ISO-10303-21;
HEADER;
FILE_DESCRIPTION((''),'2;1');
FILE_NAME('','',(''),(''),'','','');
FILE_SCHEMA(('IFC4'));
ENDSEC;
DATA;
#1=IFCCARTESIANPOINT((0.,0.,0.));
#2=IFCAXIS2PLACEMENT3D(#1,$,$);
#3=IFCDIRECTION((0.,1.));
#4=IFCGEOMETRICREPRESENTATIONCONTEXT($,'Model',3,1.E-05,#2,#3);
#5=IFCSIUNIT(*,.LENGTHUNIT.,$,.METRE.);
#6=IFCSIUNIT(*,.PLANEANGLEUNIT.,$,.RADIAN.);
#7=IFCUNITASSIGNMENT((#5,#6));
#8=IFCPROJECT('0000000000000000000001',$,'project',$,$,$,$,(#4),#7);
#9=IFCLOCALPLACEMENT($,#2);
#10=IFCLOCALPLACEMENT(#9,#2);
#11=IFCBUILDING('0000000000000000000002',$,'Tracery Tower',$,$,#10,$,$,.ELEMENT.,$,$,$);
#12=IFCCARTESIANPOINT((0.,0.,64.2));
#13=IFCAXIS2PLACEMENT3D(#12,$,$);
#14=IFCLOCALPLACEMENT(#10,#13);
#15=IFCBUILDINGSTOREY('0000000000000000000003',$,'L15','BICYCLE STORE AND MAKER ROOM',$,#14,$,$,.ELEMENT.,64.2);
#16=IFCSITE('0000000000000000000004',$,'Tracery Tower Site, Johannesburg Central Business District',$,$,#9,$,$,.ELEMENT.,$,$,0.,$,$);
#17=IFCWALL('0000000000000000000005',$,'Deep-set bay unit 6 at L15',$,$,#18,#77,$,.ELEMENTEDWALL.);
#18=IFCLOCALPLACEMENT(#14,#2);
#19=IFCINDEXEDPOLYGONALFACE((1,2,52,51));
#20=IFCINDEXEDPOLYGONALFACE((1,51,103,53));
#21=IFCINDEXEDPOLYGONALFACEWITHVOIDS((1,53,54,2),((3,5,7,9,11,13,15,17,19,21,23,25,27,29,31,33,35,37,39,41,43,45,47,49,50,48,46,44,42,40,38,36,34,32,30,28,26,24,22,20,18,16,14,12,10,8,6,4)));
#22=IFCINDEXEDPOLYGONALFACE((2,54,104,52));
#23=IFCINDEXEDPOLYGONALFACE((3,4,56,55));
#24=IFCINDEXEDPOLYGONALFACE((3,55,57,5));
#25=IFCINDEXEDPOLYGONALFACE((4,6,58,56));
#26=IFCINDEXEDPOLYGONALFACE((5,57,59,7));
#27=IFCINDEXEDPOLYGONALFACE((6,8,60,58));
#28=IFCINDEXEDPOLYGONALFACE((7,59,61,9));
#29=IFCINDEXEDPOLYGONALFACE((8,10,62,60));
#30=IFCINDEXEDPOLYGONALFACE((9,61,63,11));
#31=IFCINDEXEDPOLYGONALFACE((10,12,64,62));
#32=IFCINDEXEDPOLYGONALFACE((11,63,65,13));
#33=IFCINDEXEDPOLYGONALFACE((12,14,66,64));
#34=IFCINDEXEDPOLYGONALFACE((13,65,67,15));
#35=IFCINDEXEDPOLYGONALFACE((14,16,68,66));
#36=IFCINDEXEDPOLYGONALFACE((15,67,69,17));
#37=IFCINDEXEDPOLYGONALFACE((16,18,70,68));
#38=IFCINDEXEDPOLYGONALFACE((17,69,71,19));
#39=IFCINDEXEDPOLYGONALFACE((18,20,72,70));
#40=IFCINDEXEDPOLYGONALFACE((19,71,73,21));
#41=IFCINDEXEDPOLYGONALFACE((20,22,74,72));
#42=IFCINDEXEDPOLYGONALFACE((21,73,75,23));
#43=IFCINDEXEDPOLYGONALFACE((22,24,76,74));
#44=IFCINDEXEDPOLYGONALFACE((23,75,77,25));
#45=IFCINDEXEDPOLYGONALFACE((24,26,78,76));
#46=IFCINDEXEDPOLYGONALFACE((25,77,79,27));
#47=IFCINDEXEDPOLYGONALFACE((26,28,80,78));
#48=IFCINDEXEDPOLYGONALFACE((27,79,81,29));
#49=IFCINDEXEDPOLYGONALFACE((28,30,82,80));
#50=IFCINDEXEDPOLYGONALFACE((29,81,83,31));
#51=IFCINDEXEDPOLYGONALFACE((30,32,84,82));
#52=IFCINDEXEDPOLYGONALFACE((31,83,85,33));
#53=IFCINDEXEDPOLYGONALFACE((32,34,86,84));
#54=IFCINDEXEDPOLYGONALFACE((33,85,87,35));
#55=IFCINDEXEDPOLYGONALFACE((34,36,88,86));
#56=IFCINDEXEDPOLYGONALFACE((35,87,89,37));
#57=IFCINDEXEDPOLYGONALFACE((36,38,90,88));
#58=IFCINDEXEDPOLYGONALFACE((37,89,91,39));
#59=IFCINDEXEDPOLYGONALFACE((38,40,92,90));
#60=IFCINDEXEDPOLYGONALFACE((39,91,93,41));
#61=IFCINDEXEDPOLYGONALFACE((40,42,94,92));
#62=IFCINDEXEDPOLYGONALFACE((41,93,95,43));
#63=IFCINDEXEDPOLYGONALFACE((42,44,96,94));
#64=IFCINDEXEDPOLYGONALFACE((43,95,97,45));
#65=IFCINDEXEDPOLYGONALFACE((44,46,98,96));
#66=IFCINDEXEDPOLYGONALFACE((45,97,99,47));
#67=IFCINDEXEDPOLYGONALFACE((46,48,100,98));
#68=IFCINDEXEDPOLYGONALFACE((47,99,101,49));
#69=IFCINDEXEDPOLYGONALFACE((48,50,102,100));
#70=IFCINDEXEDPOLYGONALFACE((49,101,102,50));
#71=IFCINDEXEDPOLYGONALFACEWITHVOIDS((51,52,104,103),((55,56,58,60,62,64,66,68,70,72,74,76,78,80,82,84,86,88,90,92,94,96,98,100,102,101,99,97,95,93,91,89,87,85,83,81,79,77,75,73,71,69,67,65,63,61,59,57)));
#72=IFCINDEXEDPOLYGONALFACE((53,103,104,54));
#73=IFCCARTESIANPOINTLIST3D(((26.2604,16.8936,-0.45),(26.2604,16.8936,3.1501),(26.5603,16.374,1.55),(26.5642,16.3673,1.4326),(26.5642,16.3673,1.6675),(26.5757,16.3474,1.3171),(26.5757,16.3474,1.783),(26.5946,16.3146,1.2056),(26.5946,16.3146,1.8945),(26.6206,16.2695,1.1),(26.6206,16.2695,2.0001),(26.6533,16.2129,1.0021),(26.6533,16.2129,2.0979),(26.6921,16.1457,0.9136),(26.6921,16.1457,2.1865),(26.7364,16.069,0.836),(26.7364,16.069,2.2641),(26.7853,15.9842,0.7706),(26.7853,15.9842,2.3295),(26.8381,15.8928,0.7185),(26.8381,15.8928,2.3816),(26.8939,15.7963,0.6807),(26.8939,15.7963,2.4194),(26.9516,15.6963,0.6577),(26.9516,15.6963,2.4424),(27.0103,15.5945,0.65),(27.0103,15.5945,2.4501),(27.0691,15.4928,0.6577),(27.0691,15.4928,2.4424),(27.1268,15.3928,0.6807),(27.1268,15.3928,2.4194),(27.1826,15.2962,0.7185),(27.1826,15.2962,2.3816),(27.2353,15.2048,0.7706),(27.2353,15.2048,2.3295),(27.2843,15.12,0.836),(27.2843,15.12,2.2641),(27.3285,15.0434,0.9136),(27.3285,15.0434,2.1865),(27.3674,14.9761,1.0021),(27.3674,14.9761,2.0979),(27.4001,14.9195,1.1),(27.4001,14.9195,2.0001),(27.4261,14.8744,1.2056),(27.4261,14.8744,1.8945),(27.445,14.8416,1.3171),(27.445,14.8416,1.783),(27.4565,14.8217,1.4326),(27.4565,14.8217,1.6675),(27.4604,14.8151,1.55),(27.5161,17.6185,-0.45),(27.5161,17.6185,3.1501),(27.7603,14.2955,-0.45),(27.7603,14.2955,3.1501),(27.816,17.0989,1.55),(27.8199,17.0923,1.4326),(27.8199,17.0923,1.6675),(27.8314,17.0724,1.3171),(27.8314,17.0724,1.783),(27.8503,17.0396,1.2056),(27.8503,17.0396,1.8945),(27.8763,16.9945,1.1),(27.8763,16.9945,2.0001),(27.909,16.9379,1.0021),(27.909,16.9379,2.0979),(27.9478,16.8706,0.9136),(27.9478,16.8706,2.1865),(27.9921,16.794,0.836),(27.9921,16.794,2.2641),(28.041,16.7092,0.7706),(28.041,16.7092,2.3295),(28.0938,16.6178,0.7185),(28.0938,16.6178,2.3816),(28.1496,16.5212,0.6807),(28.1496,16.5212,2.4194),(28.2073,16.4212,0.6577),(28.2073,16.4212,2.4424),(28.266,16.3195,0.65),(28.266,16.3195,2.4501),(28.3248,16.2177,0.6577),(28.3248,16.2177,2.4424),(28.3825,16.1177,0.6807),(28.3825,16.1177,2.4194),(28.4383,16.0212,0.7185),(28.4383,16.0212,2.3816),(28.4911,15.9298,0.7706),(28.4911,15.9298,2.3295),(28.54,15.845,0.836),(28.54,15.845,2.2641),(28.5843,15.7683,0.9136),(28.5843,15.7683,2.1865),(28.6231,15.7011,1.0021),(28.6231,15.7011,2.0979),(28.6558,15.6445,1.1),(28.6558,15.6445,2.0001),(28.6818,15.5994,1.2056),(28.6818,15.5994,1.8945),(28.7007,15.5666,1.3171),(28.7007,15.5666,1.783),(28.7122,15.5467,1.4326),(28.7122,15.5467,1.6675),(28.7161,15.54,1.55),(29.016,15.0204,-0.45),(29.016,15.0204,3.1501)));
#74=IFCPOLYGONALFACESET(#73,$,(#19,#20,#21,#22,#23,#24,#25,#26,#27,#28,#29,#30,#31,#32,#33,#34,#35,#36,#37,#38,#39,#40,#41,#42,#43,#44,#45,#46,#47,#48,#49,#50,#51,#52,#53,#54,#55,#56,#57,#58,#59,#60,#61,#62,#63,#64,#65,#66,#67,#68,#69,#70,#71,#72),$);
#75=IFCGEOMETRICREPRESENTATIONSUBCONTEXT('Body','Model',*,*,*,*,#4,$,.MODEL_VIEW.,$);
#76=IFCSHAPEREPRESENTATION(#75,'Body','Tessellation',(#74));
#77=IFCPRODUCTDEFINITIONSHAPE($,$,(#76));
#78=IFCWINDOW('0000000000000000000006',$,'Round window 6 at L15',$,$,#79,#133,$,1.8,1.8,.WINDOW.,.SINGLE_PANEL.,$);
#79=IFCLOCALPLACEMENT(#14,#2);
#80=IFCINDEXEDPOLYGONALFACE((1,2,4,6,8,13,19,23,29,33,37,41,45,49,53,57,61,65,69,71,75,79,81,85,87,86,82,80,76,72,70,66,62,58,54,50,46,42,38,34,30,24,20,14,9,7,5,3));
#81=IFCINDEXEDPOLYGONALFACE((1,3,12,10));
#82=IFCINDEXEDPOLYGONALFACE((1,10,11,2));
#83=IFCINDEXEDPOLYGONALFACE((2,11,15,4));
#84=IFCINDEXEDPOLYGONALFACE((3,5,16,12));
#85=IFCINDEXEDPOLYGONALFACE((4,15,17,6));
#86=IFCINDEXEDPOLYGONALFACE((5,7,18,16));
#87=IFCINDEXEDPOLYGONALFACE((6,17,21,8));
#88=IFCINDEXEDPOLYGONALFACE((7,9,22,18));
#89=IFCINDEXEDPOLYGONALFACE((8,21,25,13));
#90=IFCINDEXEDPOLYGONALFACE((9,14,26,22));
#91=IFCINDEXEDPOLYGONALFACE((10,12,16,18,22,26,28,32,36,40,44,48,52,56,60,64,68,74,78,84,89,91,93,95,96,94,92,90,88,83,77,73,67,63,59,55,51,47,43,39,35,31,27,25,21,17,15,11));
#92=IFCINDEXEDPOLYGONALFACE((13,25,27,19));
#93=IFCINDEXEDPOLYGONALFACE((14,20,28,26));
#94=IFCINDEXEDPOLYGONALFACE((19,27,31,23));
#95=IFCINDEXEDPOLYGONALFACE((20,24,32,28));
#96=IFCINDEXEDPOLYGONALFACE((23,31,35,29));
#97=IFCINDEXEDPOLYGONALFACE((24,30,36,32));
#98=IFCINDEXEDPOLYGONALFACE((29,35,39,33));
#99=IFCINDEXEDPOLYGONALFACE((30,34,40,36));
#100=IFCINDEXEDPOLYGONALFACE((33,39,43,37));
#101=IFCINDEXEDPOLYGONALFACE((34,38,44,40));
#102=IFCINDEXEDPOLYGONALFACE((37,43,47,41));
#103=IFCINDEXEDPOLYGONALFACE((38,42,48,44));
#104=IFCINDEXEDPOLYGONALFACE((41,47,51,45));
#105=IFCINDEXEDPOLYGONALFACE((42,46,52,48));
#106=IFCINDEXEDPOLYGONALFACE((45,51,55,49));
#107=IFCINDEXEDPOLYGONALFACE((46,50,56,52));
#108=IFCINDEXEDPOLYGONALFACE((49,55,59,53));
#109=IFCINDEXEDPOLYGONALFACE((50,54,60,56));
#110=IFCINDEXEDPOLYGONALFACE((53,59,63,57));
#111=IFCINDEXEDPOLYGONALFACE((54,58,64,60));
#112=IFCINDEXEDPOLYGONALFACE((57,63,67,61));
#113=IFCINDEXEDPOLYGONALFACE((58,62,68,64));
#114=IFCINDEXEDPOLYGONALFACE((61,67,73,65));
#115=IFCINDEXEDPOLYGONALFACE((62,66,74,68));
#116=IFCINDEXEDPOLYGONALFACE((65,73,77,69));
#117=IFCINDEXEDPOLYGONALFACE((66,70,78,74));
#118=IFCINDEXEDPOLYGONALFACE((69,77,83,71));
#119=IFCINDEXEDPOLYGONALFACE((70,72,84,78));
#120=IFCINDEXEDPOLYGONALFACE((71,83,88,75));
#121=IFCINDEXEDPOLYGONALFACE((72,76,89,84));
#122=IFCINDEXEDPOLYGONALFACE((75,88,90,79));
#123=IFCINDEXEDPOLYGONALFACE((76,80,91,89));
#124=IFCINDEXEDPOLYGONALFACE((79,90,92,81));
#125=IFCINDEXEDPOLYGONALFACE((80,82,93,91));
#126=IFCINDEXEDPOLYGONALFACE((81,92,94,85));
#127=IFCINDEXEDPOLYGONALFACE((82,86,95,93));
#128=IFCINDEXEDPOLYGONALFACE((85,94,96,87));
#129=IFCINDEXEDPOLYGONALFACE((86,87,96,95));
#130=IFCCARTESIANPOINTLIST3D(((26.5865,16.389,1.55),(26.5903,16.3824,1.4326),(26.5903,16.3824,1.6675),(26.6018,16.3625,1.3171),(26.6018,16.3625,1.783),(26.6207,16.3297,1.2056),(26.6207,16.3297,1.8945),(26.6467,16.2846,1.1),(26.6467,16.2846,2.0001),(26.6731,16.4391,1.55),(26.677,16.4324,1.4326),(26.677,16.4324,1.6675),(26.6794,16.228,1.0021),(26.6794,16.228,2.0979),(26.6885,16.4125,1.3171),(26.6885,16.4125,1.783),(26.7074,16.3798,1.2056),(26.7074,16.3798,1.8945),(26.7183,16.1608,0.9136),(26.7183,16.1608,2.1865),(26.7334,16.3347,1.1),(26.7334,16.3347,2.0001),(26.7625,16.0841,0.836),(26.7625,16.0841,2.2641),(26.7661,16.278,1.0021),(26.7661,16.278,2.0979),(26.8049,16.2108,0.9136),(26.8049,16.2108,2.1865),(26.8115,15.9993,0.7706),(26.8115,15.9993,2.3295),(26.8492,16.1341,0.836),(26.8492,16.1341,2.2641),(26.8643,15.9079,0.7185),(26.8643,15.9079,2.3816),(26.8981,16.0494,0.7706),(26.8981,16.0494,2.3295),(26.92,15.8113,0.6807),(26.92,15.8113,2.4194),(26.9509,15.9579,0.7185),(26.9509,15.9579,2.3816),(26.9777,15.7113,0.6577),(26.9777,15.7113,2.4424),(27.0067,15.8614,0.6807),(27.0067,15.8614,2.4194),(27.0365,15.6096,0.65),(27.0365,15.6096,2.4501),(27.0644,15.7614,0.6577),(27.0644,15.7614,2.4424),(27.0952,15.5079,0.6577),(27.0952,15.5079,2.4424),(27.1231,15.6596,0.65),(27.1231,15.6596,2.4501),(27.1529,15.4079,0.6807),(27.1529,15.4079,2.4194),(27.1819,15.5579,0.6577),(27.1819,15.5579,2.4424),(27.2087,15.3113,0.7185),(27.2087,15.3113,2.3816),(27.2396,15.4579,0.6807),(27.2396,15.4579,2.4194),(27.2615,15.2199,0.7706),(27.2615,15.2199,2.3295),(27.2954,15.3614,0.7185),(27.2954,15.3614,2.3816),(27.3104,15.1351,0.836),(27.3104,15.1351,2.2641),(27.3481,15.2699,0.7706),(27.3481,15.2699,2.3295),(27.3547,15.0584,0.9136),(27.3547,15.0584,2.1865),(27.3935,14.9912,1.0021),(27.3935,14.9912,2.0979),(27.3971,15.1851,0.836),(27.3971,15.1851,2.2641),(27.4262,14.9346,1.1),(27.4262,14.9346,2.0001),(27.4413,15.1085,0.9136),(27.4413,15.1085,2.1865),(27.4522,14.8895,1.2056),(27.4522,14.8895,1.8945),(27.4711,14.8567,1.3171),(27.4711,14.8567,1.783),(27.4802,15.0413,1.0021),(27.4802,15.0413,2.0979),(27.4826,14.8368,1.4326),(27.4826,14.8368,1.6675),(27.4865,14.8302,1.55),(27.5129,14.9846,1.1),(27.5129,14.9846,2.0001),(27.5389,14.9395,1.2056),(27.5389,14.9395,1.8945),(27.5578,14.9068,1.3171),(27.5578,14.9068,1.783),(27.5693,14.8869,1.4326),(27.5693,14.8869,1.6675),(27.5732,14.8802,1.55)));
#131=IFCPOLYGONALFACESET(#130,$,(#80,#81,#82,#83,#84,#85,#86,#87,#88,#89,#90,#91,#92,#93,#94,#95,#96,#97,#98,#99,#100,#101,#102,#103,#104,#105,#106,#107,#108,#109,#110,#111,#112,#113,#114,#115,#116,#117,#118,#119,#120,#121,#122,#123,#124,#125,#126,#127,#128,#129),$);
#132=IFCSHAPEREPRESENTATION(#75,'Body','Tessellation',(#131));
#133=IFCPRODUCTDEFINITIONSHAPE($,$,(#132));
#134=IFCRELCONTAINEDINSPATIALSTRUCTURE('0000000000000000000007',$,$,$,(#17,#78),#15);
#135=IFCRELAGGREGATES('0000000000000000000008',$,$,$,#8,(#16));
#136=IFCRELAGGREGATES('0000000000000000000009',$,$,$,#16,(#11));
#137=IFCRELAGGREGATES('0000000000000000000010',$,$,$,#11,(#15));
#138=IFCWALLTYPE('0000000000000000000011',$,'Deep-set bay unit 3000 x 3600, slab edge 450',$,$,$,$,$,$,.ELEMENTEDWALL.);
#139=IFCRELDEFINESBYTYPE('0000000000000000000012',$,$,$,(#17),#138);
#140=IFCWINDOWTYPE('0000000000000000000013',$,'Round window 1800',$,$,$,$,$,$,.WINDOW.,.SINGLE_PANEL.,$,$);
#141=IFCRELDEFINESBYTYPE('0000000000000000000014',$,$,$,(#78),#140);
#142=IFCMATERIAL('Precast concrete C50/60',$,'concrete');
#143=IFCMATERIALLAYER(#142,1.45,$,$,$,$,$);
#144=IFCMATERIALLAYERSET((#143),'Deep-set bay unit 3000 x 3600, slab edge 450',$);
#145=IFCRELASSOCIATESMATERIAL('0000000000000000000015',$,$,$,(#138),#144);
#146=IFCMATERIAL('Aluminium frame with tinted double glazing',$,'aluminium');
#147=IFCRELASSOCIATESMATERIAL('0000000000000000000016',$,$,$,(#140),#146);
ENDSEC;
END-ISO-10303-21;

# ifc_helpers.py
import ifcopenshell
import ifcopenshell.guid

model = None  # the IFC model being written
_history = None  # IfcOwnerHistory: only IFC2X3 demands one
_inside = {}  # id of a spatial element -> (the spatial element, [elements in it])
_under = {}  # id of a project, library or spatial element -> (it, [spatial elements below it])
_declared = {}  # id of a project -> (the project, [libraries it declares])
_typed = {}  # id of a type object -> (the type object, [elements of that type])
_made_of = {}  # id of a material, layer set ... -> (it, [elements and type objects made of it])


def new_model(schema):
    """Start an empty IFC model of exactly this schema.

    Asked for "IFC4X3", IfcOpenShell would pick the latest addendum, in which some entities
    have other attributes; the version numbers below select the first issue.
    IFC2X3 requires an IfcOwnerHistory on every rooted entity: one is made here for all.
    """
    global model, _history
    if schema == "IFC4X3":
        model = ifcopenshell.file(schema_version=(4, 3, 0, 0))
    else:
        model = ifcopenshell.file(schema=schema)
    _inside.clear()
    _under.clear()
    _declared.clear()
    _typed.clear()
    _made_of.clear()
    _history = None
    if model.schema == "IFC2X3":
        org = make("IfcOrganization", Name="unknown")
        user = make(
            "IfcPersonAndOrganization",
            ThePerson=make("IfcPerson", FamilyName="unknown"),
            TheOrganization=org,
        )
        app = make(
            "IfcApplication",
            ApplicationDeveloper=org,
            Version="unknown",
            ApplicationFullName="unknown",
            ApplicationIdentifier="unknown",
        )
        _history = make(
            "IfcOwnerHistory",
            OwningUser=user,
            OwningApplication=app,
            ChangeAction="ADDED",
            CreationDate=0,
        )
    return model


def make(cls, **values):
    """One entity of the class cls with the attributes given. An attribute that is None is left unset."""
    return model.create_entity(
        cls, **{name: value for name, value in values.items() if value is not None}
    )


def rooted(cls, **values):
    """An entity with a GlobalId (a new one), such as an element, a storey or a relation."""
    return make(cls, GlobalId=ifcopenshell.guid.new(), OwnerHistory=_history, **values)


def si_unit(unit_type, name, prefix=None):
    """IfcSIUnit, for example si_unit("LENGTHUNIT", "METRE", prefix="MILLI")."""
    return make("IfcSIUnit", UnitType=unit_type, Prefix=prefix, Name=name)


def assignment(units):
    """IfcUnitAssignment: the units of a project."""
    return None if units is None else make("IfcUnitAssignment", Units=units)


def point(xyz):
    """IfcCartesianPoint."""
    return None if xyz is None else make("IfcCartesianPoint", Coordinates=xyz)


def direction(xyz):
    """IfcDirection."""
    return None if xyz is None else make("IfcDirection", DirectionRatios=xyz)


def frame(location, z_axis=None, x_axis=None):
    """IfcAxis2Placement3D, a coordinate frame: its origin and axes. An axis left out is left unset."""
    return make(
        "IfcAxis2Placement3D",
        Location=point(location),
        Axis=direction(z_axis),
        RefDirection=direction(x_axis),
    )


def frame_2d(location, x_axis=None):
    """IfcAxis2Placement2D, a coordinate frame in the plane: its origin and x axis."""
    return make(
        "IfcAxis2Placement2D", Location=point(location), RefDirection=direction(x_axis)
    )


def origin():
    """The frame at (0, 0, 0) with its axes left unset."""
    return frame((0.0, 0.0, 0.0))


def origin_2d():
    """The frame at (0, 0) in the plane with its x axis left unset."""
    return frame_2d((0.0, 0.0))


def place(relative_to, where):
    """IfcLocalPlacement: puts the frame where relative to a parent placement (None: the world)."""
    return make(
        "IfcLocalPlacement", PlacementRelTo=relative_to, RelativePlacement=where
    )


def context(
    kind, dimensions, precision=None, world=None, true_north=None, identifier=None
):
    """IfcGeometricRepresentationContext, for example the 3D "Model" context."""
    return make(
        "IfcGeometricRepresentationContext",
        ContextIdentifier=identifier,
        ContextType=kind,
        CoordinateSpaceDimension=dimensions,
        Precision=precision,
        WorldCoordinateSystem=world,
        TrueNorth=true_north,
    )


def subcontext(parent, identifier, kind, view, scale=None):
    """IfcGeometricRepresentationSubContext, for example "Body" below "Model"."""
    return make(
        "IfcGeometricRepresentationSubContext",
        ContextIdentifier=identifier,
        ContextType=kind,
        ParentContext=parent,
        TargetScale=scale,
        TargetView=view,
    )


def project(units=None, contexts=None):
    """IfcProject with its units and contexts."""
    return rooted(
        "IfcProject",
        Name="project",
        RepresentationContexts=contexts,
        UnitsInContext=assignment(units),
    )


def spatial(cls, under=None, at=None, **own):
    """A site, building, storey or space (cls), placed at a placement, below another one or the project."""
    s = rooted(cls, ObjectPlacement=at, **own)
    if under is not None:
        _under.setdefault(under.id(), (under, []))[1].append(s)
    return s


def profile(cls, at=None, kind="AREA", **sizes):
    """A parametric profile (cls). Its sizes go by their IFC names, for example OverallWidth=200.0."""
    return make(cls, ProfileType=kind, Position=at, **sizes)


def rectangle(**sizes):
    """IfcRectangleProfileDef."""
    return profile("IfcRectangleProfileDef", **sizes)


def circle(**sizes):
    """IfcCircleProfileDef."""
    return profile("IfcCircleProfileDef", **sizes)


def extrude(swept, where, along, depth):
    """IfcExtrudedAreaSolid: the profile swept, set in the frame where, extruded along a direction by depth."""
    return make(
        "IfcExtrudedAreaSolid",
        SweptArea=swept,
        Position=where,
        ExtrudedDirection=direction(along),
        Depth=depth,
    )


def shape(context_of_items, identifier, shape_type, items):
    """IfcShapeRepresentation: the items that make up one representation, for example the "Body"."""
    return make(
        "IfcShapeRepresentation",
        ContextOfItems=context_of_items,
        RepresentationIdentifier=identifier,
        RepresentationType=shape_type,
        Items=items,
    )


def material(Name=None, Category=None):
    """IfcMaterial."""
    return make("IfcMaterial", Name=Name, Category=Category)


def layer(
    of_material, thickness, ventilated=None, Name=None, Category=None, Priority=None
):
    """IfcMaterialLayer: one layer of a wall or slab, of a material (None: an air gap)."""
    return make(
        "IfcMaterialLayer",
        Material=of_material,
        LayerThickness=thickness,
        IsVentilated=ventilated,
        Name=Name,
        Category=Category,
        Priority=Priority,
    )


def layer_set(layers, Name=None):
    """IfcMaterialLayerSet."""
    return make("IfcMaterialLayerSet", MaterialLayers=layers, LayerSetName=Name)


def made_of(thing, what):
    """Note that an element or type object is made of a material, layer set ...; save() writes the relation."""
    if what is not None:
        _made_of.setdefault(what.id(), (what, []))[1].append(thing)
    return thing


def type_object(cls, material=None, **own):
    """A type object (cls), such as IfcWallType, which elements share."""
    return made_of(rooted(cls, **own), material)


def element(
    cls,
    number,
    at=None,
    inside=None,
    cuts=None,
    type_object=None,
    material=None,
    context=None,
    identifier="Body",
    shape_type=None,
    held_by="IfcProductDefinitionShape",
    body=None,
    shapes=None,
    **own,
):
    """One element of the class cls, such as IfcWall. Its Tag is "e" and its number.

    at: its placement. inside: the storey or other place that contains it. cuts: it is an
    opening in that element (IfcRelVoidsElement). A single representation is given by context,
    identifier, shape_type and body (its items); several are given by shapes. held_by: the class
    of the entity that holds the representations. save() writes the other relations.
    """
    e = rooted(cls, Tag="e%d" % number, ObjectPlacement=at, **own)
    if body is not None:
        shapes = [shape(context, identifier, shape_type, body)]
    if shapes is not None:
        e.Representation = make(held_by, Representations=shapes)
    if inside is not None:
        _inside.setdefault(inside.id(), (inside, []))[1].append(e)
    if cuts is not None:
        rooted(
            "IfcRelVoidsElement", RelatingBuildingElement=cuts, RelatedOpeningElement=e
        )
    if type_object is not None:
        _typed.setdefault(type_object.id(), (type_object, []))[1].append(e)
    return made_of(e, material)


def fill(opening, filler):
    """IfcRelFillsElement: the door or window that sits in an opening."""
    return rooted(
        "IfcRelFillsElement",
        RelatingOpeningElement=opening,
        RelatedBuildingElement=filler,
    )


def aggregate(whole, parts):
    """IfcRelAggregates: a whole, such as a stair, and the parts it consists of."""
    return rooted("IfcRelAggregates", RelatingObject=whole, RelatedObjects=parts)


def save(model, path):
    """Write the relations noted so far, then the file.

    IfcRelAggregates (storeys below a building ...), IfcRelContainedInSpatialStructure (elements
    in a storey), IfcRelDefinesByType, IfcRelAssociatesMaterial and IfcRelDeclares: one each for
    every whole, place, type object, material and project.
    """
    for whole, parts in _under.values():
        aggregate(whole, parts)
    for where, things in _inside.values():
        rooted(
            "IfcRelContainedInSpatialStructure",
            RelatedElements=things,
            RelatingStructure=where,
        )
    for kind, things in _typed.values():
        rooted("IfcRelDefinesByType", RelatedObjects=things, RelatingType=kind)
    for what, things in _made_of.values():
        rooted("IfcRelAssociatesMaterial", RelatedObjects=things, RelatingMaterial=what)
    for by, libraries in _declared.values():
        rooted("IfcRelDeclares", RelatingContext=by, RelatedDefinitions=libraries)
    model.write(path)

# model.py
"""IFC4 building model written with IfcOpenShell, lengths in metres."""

from ifc_helpers import new_model, si_unit, direction, frame, frame_2d, origin, origin_2d, place, context, subcontext, project, spatial, rectangle, circle, extrude, material, layer, layer_set, type_object, element, fill, save


model = new_model("IFC4")

# Units and contexts
model_context = context("Model", 3, precision=1e-05, world=origin(), true_north=direction((0.0, 1.0)))
body_context = subcontext(model_context, "Body", "Model", "MODEL_VIEW")
ifc_project = project(units=[si_unit("LENGTHUNIT", "METRE"), si_unit("PLANEANGLEUNIT", "RADIAN")], contexts=[model_context])

# Site, building, storey
site_placement = place(None, origin())
site = spatial("IfcSite", under=ifc_project, at=site_placement, Name="Tracery Tower Site, Johannesburg Central Business District", CompositionType="ELEMENT", RefElevation=0.0)
building_placement = place(site_placement, origin())
building = spatial("IfcBuilding", under=site, at=building_placement, Name="Tracery Tower", CompositionType="ELEMENT")
storey_placement = place(building_placement, frame((0.0, 0.0, 64.2)))
storey = spatial("IfcBuildingStorey", under=building, at=storey_placement, Name="L15", Description="BICYCLE STORE AND MAKER ROOM", CompositionType="ELEMENT", Elevation=64.2)

# Wall, opening, window
ifc_material_1 = material(Name="Precast concrete C50/60", Category="concrete")
ifc_layer_1 = layer(ifc_material_1, 1.45)
ifc_layer_set_1 = layer_set([ifc_layer_1], Name="Deep-set bay unit 3000 x 3600, slab edge 450")
wall_type_1 = type_object("IfcWallType", Name="Deep-set bay unit 3000 x 3600, slab edge 450", PredefinedType="ELEMENTEDWALL", material=ifc_layer_set_1)
wall_1_placement = place(storey_placement, frame((28.3882, 14.658, -0.45), z_axis=(0.0, 0.0, 1.0), x_axis=(-0.49999, 0.866031, 0.0)))
wall_1 = element("IfcWall", 1, at=wall_1_placement, inside=storey, type_object=wall_type_1, Name="Deep-set bay unit 6 at L15", PredefinedType="ELEMENTEDWALL", context=body_context, shape_type="SweptSolid", body=[
    extrude(rectangle(XDim=3.0, YDim=1.45, at=frame_2d((1.5, 0.0))), origin(), (0.0, 0.0, 1.0), 3.6001),
])
opening_1_placement = place(wall_1_placement, frame((1.5, 0.0, 2.0)))
opening_1 = element("IfcOpeningElement", 2, at=opening_1_placement, cuts=wall_1, PredefinedType="OPENING", context=body_context, shape_type="SweptSolid", body=[
    extrude(circle(Radius=0.9, at=origin_2d()), frame((0.0, 0.7349, 0.0), z_axis=(0.0, -1.0, 0.0), x_axis=(1.0, 0.0, 0.0)), (0.0, 0.0, 1.0), 1.47),
])
ifc_material_2 = material(Name="Aluminium frame with tinted double glazing", Category="aluminium")
window_type = type_object("IfcWindowType", Name="Round window 1800", PartitioningType="SINGLE_PANEL", PredefinedType="WINDOW", material=ifc_material_2)
window_1_placement = place(opening_1_placement, origin())
window_1 = element("IfcWindow", 3, at=window_1_placement, inside=storey, type_object=window_type, Name="Round window 6 at L15", OverallHeight=1.8, OverallWidth=1.8, PartitioningType="SINGLE_PANEL", PredefinedType="WINDOW", context=body_context, shape_type="SweptSolid", body=[
    extrude(circle(Radius=0.9, at=origin_2d()), frame((0.0, 0.6948, 0.0), z_axis=(0.0, -1.0, 0.0), x_axis=(1.0, 0.0, 0.0)), (0.0, 0.0, 1.0), 0.1001),
])
fill(opening_1, window_1)

save(model, "model.ifc")
